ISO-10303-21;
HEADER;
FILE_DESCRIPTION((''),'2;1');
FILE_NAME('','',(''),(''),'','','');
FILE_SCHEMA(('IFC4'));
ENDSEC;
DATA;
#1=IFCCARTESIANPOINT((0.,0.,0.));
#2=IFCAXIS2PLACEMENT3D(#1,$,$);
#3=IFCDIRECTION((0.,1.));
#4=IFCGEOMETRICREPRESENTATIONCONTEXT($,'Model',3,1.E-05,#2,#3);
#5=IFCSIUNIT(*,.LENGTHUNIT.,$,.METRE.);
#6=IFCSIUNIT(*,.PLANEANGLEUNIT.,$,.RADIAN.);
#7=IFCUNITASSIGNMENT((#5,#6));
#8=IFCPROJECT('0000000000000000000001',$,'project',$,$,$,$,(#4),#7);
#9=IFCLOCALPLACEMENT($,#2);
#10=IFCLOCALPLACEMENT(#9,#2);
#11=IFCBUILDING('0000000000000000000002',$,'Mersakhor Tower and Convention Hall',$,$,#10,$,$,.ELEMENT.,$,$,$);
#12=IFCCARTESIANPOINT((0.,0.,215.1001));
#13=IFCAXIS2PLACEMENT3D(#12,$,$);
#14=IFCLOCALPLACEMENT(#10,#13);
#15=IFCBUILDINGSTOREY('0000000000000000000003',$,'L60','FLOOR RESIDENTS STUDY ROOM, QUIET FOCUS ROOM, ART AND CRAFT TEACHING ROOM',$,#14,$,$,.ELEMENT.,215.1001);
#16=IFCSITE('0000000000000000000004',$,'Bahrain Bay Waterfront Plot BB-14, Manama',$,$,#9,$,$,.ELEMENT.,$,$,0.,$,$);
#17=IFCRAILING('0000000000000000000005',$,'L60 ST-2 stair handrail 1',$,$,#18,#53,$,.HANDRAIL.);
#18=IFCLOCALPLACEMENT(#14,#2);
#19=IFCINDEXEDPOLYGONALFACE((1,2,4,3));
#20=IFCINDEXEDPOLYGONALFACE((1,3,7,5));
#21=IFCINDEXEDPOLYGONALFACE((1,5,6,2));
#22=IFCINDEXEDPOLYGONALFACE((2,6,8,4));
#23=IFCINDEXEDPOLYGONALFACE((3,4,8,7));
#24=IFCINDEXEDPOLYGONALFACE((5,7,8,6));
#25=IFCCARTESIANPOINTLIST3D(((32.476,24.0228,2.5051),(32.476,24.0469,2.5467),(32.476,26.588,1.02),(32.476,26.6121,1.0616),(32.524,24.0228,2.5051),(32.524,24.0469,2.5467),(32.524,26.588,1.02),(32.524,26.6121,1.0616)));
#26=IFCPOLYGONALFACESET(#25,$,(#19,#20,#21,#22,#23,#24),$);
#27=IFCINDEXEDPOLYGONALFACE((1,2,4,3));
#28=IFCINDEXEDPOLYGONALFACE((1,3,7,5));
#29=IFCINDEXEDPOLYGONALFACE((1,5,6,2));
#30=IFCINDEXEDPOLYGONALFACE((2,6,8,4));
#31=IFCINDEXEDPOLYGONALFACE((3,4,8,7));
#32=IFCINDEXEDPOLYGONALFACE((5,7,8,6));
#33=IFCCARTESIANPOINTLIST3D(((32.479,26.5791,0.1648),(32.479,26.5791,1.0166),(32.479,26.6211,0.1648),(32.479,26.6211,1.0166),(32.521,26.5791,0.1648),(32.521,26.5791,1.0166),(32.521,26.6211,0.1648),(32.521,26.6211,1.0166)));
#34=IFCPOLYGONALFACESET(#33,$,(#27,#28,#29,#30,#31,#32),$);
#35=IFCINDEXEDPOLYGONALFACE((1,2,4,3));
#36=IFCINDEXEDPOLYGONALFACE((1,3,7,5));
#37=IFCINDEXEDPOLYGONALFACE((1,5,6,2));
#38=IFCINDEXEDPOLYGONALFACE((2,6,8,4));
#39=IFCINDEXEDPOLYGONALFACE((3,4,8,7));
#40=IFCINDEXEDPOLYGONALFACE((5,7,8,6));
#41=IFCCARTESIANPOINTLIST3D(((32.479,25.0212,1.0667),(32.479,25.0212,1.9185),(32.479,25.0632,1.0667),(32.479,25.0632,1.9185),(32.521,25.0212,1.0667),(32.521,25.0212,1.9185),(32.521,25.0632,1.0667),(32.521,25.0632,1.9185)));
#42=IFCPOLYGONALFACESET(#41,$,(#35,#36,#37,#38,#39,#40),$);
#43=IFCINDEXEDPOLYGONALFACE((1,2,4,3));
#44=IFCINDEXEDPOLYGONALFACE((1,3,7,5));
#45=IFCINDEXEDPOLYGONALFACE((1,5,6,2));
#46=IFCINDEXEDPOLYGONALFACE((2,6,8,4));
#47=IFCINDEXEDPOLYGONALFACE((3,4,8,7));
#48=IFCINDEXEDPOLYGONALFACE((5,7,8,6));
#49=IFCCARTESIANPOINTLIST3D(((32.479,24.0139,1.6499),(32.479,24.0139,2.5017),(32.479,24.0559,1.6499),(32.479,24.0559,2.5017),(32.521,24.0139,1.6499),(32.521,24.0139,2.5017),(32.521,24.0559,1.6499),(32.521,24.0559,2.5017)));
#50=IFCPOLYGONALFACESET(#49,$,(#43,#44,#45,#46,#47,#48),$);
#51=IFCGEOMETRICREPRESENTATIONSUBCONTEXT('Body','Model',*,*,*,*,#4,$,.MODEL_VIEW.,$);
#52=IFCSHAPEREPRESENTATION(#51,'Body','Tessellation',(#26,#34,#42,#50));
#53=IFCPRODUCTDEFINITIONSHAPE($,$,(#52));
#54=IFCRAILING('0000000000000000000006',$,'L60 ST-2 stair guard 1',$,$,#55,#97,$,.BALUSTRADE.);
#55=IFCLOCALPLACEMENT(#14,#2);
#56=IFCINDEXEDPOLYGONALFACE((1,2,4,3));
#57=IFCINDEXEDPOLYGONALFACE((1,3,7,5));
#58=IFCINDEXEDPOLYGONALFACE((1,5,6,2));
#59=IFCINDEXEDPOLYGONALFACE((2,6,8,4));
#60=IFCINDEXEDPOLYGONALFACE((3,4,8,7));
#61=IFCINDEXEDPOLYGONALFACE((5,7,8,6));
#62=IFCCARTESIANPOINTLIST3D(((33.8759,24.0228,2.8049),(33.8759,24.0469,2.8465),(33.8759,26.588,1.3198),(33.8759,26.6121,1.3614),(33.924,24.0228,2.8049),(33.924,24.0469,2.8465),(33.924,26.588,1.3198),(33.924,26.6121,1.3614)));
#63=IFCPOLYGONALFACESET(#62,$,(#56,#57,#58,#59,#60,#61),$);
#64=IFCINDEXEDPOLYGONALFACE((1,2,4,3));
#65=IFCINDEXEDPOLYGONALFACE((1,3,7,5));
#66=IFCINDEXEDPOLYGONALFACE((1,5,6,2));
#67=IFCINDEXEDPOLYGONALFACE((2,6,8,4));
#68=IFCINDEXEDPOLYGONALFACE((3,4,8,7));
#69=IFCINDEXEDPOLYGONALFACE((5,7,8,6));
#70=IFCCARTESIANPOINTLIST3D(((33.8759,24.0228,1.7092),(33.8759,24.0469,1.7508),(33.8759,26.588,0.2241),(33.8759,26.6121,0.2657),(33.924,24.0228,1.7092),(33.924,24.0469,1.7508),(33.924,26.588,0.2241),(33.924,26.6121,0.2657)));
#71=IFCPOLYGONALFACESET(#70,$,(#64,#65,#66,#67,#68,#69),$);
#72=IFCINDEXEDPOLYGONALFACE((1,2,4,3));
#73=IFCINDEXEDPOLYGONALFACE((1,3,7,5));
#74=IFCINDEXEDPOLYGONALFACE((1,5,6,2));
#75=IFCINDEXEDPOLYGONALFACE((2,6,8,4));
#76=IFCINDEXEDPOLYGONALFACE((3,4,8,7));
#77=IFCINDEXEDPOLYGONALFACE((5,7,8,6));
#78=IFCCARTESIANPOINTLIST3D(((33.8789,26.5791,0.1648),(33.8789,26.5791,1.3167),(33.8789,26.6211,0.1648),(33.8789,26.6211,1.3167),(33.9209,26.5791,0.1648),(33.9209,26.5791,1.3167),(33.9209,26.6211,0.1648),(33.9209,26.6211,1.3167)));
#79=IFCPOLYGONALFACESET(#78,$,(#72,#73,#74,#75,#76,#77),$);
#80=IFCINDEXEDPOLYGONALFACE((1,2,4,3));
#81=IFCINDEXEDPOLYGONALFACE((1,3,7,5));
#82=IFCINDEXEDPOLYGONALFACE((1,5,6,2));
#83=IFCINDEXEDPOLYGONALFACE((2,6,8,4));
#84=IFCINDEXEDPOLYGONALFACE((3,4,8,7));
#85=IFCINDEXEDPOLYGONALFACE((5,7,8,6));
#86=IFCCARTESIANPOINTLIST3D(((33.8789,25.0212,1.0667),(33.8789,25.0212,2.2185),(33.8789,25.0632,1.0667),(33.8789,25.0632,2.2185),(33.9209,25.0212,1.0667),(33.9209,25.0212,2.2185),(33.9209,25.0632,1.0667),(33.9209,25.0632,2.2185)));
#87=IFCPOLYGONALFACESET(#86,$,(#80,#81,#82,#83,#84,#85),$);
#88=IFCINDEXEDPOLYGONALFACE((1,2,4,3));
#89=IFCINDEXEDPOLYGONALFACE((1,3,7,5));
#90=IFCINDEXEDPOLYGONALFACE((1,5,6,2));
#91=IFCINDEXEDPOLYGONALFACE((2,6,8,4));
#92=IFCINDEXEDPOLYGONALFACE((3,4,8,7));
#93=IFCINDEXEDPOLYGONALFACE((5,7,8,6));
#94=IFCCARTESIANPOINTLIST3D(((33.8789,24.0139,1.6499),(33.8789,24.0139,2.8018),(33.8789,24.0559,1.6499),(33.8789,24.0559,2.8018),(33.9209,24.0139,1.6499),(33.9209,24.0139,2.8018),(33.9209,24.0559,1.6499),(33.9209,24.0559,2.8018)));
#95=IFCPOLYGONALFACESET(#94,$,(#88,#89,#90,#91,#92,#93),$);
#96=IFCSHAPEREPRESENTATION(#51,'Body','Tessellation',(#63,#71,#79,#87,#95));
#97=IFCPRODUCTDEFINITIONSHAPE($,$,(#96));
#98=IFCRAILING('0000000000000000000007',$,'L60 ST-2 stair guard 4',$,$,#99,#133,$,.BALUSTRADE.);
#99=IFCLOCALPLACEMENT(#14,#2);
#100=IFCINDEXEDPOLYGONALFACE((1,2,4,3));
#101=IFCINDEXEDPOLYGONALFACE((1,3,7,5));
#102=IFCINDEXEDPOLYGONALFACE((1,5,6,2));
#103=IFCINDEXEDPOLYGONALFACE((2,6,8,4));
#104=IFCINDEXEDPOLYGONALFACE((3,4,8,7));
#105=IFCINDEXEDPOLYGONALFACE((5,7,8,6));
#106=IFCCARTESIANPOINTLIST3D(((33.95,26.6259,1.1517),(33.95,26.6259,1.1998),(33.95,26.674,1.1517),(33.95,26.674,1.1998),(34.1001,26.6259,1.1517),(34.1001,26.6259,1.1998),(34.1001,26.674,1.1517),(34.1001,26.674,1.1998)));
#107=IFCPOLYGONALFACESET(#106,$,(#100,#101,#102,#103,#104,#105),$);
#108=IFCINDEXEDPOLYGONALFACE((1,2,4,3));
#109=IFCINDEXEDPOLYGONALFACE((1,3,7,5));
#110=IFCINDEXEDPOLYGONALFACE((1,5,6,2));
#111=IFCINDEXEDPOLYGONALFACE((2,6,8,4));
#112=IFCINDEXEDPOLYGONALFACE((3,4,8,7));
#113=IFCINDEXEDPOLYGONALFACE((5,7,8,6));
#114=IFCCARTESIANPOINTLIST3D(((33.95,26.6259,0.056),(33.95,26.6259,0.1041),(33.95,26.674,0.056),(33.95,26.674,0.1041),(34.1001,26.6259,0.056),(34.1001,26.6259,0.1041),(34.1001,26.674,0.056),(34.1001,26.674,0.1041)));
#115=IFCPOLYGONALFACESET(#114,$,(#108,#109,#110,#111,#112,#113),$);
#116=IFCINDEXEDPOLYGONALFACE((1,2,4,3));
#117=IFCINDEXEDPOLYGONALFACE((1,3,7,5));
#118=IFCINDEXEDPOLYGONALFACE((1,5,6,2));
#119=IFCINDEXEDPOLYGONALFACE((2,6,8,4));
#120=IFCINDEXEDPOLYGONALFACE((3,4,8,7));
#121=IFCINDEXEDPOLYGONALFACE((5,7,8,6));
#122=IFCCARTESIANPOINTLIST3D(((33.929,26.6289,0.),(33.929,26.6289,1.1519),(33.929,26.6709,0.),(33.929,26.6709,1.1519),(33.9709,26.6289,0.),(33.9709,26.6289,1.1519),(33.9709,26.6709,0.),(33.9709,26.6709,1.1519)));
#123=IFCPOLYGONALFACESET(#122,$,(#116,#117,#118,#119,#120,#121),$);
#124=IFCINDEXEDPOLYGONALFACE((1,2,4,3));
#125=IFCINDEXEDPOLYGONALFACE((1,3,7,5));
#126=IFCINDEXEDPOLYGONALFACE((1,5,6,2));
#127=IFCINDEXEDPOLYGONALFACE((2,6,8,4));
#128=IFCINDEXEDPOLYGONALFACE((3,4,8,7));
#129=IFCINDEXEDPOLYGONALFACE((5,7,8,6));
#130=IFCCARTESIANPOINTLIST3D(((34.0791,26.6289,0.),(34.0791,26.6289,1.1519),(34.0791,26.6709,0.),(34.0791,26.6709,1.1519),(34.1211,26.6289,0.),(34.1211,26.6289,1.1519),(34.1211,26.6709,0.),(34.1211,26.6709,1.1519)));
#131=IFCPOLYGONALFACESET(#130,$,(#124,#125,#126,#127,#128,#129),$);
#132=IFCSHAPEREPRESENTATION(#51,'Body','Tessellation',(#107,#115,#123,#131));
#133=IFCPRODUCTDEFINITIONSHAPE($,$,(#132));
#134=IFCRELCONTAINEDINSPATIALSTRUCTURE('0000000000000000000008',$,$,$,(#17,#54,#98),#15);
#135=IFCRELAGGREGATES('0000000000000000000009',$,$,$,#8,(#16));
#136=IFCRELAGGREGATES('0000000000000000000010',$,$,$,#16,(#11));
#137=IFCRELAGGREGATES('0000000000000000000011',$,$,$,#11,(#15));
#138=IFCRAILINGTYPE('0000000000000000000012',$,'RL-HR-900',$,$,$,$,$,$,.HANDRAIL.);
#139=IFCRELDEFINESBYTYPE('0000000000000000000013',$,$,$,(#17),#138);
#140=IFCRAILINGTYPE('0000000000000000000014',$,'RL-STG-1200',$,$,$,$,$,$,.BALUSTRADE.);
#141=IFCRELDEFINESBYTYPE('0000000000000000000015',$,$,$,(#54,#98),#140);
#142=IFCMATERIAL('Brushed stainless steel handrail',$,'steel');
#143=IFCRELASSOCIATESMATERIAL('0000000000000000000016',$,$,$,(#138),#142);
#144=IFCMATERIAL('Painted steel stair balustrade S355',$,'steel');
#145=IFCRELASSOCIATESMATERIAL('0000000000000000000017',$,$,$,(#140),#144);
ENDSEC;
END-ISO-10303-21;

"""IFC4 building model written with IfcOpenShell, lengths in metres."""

from ifc_helpers import new_model, si_unit, direction, frame, origin, origin_2d, place, context, subcontext, project, spatial, rectangle, extrude, material, type_object, element, save


model = new_model("IFC4")

# Units and contexts
model_context = context("Model", 3, precision=1e-05, world=origin(), true_north=direction((0.0, 1.0)))
body_context = subcontext(model_context, "Body", "Model", "MODEL_VIEW")
ifc_project = project(units=[si_unit("LENGTHUNIT", "METRE"), si_unit("PLANEANGLEUNIT", "RADIAN")], contexts=[model_context])

# Site, building, storey
site_placement = place(None, origin())
site = spatial("IfcSite", under=ifc_project, at=site_placement, Name="Bahrain Bay Waterfront Plot BB-14, Manama", CompositionType="ELEMENT", RefElevation=0.0)
building_placement = place(site_placement, origin())
building = spatial("IfcBuilding", under=site, at=building_placement, Name="Mersakhor Tower and Convention Hall", CompositionType="ELEMENT")
storey_placement = place(building_placement, frame((0.0, 0.0, 215.1001)))
storey = spatial("IfcBuildingStorey", under=building, at=storey_placement, Name="L60", Description="FLOOR RESIDENTS STUDY ROOM, QUIET FOCUS ROOM, ART AND CRAFT TEACHING ROOM", CompositionType="ELEMENT", Elevation=215.1001)

# Railings
ifc_material_1 = material(Name="Brushed stainless steel handrail", Category="steel")
railing_type_1 = type_object("IfcRailingType", Name="RL-HR-900", PredefinedType="HANDRAIL", material=ifc_material_1)
railing_1_placement = place(storey_placement, frame((32.5, 26.6001, 0.1648)))
element("IfcRailing", 1, at=railing_1_placement, inside=storey, type_object=railing_type_1, Name="L60 ST-2 stair handrail 1", PredefinedType="HANDRAIL", context=body_context, shape_type="SweptSolid", body=[
    extrude(rectangle(XDim=0.0481, YDim=0.0481, at=origin_2d()), frame((0.0, 0.0, 0.876), z_axis=(0.0, -0.865426, 0.501036), x_axis=(1.0, 0.0, 0.0)), (0.0, 0.0, 1.0), 2.9641),
    extrude(rectangle(XDim=0.042, YDim=0.042, at=origin_2d()), origin(), (0.0, 0.0, 1.0), 0.8518),
    extrude(rectangle(XDim=0.042, YDim=0.042, at=origin_2d()), frame((0.0, -1.5579, 0.9019)), (0.0, 0.0, 1.0), 0.8518),
    extrude(rectangle(XDim=0.042, YDim=0.042, at=origin_2d()), frame((0.0, -2.5652, 1.4851)), (0.0, 0.0, 1.0), 0.8518),
])
ifc_material_2 = material(Name="Painted steel stair balustrade S355", Category="steel")
railing_type_2 = type_object("IfcRailingType", Name="RL-STG-1200", PredefinedType="BALUSTRADE", material=ifc_material_2)
railing_2_placement = place(storey_placement, frame((33.8999, 26.6001, 0.1648)))
element("IfcRailing", 2, at=railing_2_placement, inside=storey, type_object=railing_type_2, Name="L60 ST-2 stair guard 1", PredefinedType="BALUSTRADE", context=body_context, shape_type="SweptSolid", body=[
    extrude(rectangle(XDim=0.0481, YDim=0.0481, at=origin_2d()), frame((0.0, 0.0, 1.1758), z_axis=(0.0, -0.865426, 0.501036), x_axis=(1.0, 0.0, 0.0)), (0.0, 0.0, 1.0), 2.9641),
    extrude(rectangle(XDim=0.0481, YDim=0.0481, at=origin_2d()), frame((0.0, 0.0, 0.0801), z_axis=(0.0, -0.865426, 0.501036), x_axis=(1.0, 0.0, 0.0)), (0.0, 0.0, 1.0), 2.9641),
    extrude(rectangle(XDim=0.042, YDim=0.042, at=origin_2d()), origin(), (0.0, 0.0, 1.0), 1.1519),
    extrude(rectangle(XDim=0.042, YDim=0.042, at=origin_2d()), frame((0.0, -1.5579, 0.9019)), (0.0, 0.0, 1.0), 1.1519),
    extrude(rectangle(XDim=0.042, YDim=0.042, at=origin_2d()), frame((0.0, -2.5652, 1.4851)), (0.0, 0.0, 1.0), 1.1519),
])
railing_3_placement = place(storey_placement, frame((33.95, 26.6499, 0.0)))
element("IfcRailing", 3, at=railing_3_placement, inside=storey, type_object=railing_type_2, Name="L60 ST-2 stair guard 4", PredefinedType="BALUSTRADE", context=body_context, shape_type="SweptSolid", body=[
    extrude(rectangle(XDim=0.0481, YDim=0.0481, at=origin_2d()), frame((0.0, 0.0, 1.1758), z_axis=(1.0, 0.0, 0.0), x_axis=(0.0, 1.0, 0.0)), (0.0, 0.0, 1.0), 0.1501),
    extrude(rectangle(XDim=0.0481, YDim=0.0481, at=origin_2d()), frame((0.0, 0.0, 0.0801), z_axis=(1.0, 0.0, 0.0), x_axis=(0.0, 1.0, 0.0)), (0.0, 0.0, 1.0), 0.1501),
    extrude(rectangle(XDim=0.042, YDim=0.042, at=origin_2d()), origin(), (0.0, 0.0, 1.0), 1.1519),
    extrude(rectangle(XDim=0.042, YDim=0.042, at=origin_2d()), frame((0.1501, 0.0, 0.0)), (0.0, 0.0, 1.0), 1.1519),
])

save(model, "model.ifc")
